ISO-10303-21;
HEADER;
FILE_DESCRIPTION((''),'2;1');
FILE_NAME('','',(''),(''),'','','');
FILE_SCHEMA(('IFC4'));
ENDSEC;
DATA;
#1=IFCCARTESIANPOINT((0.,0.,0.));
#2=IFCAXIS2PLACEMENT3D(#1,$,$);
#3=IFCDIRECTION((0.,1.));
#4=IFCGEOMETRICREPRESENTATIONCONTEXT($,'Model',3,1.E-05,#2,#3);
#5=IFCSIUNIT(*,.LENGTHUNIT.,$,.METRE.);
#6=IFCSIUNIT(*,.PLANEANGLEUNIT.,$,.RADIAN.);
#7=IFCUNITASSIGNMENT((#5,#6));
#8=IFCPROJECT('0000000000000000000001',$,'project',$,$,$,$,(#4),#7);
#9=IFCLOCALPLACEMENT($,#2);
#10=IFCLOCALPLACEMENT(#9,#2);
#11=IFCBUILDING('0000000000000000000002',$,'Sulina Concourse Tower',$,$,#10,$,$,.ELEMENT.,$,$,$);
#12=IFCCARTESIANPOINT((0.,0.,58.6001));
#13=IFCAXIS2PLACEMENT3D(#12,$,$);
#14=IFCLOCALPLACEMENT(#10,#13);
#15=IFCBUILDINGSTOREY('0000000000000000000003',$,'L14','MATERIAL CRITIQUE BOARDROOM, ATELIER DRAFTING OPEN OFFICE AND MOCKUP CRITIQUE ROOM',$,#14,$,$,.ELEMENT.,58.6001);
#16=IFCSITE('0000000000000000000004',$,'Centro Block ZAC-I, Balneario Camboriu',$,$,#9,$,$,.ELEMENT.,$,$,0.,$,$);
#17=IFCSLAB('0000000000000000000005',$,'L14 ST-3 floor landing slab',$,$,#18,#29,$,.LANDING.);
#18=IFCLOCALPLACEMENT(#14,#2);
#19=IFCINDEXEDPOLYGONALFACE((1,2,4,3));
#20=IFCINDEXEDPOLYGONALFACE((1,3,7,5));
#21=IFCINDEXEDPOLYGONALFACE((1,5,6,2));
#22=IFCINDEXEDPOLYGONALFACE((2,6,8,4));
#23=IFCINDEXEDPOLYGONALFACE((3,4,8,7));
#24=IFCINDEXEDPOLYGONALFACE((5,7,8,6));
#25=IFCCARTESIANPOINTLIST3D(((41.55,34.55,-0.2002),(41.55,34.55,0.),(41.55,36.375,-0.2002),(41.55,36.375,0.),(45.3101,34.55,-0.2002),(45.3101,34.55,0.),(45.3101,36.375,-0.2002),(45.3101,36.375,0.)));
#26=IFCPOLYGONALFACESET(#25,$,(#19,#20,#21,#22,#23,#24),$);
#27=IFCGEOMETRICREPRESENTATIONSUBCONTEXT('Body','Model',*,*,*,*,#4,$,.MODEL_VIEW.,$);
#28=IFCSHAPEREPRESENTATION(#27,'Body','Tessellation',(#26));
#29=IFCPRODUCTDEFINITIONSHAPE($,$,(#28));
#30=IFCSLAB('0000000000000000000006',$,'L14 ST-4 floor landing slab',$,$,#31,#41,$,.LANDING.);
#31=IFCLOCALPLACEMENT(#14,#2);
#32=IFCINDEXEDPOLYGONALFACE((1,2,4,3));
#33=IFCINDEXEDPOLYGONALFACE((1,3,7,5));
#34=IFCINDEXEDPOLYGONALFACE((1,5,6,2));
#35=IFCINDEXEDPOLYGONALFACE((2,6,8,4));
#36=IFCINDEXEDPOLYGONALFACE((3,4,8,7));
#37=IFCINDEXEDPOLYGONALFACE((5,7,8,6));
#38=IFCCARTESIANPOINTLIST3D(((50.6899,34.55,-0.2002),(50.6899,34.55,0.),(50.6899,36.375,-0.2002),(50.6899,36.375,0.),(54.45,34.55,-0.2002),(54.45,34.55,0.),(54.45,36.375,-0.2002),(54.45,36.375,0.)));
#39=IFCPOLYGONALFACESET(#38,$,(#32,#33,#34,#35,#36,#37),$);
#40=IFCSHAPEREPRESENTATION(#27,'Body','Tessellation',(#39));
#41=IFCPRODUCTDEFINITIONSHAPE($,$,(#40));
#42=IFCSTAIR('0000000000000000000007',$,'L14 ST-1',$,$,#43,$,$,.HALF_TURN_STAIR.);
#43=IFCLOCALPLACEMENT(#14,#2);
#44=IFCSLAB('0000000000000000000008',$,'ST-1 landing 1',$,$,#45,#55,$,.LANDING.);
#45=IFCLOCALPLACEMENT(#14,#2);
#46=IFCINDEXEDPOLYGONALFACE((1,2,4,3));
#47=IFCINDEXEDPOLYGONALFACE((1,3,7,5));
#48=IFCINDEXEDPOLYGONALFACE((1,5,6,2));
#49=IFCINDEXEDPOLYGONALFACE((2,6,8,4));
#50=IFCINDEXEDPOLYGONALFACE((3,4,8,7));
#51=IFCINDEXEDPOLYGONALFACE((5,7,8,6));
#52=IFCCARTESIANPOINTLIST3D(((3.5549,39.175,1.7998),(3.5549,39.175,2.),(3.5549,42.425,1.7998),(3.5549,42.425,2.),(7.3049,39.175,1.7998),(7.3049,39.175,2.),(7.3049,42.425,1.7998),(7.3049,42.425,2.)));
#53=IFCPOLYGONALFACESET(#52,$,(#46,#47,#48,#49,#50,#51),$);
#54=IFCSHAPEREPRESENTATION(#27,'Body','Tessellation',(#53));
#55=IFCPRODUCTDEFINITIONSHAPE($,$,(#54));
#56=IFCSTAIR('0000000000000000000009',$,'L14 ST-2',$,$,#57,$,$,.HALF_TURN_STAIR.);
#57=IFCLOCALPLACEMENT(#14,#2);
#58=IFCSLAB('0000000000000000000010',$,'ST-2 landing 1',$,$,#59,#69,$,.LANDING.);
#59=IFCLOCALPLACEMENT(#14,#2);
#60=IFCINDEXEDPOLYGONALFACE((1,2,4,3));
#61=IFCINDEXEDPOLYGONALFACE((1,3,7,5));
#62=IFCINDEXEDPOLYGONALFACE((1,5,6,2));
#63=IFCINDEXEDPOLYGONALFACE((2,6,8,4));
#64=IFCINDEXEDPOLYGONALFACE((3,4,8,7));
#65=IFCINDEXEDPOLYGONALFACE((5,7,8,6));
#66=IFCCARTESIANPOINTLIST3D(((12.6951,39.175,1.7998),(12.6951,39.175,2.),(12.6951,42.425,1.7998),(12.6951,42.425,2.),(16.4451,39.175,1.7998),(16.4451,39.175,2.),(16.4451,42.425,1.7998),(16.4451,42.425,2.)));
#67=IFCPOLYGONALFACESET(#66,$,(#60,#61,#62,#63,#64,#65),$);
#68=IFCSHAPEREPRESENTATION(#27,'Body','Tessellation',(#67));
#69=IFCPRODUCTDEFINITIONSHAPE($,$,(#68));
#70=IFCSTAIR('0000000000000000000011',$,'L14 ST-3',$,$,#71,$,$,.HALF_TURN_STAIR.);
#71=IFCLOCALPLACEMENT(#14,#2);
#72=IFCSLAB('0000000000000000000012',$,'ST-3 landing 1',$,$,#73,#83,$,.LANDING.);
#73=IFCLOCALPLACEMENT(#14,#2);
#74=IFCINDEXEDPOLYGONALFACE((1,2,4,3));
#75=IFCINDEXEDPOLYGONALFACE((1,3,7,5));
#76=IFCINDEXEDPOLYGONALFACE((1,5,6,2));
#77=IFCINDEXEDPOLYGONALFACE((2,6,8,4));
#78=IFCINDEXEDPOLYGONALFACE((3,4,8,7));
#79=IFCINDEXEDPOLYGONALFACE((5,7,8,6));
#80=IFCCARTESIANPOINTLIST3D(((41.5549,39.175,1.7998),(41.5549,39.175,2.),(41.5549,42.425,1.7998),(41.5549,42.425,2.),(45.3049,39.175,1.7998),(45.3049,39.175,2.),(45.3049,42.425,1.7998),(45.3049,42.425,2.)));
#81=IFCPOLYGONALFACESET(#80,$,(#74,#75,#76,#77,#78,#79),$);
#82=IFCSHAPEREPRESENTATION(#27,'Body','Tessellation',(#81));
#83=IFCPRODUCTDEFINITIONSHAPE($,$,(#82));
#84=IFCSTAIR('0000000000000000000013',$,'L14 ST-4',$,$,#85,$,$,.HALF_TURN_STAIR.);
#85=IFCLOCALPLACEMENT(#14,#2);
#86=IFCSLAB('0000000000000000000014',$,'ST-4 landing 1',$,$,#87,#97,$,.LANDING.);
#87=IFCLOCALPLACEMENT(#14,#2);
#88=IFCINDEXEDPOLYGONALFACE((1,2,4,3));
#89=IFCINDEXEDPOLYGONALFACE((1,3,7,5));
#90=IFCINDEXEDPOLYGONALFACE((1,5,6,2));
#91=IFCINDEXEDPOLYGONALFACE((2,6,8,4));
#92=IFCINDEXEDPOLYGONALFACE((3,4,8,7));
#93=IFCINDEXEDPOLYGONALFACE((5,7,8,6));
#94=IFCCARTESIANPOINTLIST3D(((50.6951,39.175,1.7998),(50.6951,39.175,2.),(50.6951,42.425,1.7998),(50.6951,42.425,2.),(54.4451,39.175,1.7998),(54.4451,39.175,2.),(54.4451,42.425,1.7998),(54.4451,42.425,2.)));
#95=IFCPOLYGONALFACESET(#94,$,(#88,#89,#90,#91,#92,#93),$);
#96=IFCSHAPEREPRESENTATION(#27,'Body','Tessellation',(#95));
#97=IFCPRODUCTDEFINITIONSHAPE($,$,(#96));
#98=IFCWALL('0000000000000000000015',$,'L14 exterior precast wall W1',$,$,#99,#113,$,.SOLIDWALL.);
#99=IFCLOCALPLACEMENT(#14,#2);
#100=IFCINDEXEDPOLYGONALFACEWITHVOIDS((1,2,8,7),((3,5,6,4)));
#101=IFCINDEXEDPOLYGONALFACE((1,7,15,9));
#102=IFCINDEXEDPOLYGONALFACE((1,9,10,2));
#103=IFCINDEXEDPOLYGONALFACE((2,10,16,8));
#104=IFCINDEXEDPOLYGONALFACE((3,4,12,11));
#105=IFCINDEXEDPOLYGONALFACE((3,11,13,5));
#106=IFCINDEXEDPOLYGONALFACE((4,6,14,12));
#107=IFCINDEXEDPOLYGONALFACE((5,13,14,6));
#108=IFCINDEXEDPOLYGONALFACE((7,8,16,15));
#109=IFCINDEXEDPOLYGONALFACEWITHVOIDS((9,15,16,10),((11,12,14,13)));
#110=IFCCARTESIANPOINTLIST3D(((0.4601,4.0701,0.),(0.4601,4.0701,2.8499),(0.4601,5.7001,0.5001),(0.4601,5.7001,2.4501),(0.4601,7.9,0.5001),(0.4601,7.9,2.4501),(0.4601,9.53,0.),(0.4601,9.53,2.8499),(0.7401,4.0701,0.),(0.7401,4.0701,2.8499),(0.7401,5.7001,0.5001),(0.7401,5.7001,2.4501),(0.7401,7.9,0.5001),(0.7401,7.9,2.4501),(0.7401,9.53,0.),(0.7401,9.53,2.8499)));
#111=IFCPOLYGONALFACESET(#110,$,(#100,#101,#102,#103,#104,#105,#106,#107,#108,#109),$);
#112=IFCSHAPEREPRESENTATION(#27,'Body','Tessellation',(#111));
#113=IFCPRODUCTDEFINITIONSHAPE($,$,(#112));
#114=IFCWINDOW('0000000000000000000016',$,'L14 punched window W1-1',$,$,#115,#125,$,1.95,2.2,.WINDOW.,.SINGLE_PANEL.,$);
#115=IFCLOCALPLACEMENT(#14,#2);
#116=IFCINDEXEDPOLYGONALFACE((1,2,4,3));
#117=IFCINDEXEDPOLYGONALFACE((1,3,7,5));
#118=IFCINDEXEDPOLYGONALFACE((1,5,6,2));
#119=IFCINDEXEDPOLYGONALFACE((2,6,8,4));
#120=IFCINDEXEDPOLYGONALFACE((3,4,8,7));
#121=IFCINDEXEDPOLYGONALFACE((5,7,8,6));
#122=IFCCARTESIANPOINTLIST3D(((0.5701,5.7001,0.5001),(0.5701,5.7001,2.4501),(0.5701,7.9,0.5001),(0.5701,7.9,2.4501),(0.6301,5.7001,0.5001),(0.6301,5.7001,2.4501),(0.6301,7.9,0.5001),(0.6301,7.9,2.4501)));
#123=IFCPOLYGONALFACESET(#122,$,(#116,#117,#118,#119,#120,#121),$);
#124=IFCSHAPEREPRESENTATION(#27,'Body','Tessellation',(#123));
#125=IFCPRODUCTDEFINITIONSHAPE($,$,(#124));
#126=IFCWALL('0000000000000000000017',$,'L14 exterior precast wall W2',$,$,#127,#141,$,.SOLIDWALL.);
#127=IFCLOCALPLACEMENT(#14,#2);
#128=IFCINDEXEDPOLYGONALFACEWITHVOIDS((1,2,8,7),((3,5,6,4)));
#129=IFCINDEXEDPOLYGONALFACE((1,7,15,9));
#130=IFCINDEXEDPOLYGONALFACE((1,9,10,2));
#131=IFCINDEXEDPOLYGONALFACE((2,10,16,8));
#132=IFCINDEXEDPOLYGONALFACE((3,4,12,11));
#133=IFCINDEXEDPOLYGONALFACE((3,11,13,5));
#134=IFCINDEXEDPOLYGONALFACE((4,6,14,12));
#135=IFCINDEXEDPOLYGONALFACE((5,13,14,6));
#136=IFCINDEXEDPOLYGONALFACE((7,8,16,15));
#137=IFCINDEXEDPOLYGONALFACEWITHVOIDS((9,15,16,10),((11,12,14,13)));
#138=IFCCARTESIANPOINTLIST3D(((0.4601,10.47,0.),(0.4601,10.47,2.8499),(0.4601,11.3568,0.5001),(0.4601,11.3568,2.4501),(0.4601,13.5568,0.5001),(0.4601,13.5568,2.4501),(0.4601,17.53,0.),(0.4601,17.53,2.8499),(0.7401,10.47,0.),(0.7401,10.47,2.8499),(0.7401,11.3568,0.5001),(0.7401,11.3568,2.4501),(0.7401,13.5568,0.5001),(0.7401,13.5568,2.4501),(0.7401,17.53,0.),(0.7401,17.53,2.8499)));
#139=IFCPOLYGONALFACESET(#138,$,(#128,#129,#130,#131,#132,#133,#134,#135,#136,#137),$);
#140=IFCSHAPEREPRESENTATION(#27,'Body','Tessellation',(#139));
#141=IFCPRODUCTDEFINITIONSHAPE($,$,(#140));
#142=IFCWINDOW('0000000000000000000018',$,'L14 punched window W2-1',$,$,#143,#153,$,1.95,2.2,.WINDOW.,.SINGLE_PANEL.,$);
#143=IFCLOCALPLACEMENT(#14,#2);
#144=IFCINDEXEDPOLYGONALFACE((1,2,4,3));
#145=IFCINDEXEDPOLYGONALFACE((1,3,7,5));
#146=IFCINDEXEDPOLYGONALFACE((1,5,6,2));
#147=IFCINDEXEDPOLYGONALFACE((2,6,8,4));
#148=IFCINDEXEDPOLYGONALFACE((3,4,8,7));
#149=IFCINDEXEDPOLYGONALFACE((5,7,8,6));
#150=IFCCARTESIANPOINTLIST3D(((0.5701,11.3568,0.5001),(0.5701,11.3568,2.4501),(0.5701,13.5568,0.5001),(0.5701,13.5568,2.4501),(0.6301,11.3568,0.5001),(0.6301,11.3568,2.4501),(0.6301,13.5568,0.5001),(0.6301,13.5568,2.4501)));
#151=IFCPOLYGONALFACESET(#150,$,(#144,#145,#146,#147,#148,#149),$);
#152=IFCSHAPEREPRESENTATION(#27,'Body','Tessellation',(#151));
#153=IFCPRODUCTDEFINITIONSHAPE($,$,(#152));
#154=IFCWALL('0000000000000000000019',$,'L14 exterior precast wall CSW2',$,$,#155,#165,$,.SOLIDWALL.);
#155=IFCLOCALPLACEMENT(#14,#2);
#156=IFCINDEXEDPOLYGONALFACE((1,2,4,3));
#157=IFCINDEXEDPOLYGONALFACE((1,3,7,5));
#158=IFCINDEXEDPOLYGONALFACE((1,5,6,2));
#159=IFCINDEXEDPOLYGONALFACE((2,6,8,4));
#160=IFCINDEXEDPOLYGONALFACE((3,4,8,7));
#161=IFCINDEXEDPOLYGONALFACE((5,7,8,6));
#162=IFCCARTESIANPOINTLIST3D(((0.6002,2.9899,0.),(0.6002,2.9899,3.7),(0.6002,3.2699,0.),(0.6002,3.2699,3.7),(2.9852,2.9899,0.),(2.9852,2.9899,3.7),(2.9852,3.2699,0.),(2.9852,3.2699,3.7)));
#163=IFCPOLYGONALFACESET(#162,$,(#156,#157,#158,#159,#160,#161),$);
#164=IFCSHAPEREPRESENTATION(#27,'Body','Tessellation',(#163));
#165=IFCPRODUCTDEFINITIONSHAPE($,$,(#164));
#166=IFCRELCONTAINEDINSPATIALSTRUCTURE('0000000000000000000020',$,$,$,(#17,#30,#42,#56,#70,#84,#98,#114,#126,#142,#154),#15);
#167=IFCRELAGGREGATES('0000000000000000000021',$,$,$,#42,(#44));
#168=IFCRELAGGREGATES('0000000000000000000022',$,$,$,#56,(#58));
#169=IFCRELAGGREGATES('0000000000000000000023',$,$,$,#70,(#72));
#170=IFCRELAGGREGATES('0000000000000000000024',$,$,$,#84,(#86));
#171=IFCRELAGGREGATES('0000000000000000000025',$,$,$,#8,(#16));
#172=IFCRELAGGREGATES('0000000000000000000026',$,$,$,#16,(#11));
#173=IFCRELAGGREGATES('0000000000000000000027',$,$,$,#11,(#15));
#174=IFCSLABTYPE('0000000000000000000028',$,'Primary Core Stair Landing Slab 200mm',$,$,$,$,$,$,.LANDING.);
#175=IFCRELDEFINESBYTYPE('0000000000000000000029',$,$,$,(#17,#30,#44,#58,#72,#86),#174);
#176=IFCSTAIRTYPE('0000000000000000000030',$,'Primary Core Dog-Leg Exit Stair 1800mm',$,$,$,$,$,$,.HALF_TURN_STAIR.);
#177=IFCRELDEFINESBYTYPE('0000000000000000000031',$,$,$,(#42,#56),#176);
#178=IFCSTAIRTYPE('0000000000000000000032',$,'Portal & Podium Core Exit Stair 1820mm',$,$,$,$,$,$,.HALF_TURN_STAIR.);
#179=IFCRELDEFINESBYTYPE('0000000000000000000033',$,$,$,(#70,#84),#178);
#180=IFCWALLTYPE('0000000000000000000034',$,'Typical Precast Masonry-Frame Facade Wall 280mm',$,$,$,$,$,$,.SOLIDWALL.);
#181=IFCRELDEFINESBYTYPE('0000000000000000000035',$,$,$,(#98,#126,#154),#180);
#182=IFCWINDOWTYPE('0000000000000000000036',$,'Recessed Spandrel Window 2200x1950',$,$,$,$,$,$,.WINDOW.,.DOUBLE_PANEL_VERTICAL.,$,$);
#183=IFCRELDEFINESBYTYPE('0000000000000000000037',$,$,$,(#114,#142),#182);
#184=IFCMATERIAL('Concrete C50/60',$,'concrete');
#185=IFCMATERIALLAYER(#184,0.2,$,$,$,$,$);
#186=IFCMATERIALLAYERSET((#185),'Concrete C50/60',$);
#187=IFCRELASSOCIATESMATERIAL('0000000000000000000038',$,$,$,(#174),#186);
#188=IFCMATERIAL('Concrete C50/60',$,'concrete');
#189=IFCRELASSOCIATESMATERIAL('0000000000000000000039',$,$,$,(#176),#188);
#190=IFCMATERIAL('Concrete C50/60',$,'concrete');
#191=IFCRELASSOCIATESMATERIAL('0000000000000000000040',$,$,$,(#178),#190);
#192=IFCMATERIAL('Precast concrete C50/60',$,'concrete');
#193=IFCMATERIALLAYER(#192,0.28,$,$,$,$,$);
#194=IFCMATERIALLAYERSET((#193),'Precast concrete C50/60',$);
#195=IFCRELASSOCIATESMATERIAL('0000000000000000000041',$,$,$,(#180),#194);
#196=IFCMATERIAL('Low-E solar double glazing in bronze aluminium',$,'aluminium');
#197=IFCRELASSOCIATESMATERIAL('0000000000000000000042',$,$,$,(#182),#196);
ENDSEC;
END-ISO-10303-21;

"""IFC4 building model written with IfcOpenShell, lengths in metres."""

from ifc_helpers import new_model, si_unit, direction, frame, frame_2d, origin, place, context, subcontext, project, spatial, polyline, rectangle, outline, extrude, material, layer, layer_set, type_object, element, fill, aggregate, save


model = new_model("IFC4")

# Units and contexts
model_context = context("Model", 3, precision=1e-05, world=origin(), true_north=direction((0.0, 1.0)))
body_context = subcontext(model_context, "Body", "Model", "MODEL_VIEW")
ifc_project = project(units=[si_unit("LENGTHUNIT", "METRE"), si_unit("PLANEANGLEUNIT", "RADIAN")], contexts=[model_context])

# Site, building, storey
site_placement = place(None, origin())
site = spatial("IfcSite", under=ifc_project, at=site_placement, Name="Centro Block ZAC-I, Balneario Camboriu", CompositionType="ELEMENT", RefElevation=0.0)
building_placement = place(site_placement, origin())
building = spatial("IfcBuilding", under=site, at=building_placement, Name="Sulina Concourse Tower", CompositionType="ELEMENT")
storey_placement = place(building_placement, frame((0.0, 0.0, 58.6001)))
storey = spatial("IfcBuildingStorey", under=building, at=storey_placement, Name="L14", Description="MATERIAL CRITIQUE BOARDROOM, ATELIER DRAFTING OPEN OFFICE AND MOCKUP CRITIQUE ROOM", CompositionType="ELEMENT", Elevation=58.6001)

# Slabs
ifc_material_1 = material(Name="Concrete C50/60", Category="concrete")
ifc_layer_1 = layer(ifc_material_1, 0.2)
ifc_layer_set_1 = layer_set([ifc_layer_1], Name="Concrete C50/60")
slab_type_1 = type_object("IfcSlabType", Name="Primary Core Stair Landing Slab 200mm", PredefinedType="LANDING", material=ifc_layer_set_1)
slab_1_placement = place(storey_placement, frame((0.0, 0.0, -0.2002)))
element("IfcSlab", 1, at=slab_1_placement, inside=storey, type_object=slab_type_1, Name="L14 ST-3 floor landing slab", PredefinedType="LANDING", context=body_context, shape_type="SweptSolid", body=[
    extrude(outline(polyline([(45.3101, 34.55), (45.3101, 36.375), (41.55, 36.375), (41.55, 34.55), (45.3101, 34.55)])), origin(), (0.0, 0.0, 1.0), 0.2002),
])
slab_2_placement = place(storey_placement, frame((0.0, 0.0, -0.2002)))
element("IfcSlab", 2, at=slab_2_placement, inside=storey, type_object=slab_type_1, Name="L14 ST-4 floor landing slab", PredefinedType="LANDING", context=body_context, shape_type="SweptSolid", body=[
    extrude(outline(polyline([(54.45, 34.55), (54.45, 36.375), (50.6899, 36.375), (50.6899, 34.55), (54.45, 34.55)])), origin(), (0.0, 0.0, 1.0), 0.2002),
])

# Stairs, slabs
ifc_material_2 = material(Name="Concrete C50/60", Category="concrete")
stair_type_1 = type_object("IfcStairType", Name="Primary Core Dog-Leg Exit Stair 1800mm", PredefinedType="HALF_TURN_STAIR", material=ifc_material_2)
stair_1_placement = place(storey_placement, origin())
stair_1 = element("IfcStair", 3, at=stair_1_placement, inside=storey, type_object=stair_type_1, Name="L14 ST-1", PredefinedType="HALF_TURN_STAIR")
slab_3_placement = place(storey_placement, frame((0.0, 0.0, 1.7998)))
slab_3 = element("IfcSlab", 4, at=slab_3_placement, type_object=slab_type_1, Name="ST-1 landing 1", PredefinedType="LANDING", context=body_context, shape_type="SweptSolid", body=[
    extrude(outline(polyline([(7.3049, 39.175), (7.3049, 42.425), (3.5549, 42.425), (3.5549, 39.175), (7.3049, 39.175)])), origin(), (0.0, 0.0, 1.0), 0.2002),
])
aggregate(stair_1, [slab_3])
stair_2_placement = place(storey_placement, origin())
stair_2 = element("IfcStair", 5, at=stair_2_placement, inside=storey, type_object=stair_type_1, Name="L14 ST-2", PredefinedType="HALF_TURN_STAIR")
slab_4_placement = place(storey_placement, frame((0.0, 0.0, 1.7998)))
slab_4 = element("IfcSlab", 6, at=slab_4_placement, type_object=slab_type_1, Name="ST-2 landing 1", PredefinedType="LANDING", context=body_context, shape_type="SweptSolid", body=[
    extrude(outline(polyline([(16.4451, 39.175), (16.4451, 42.425), (12.6951, 42.425), (12.6951, 39.175), (16.4451, 39.175)])), origin(), (0.0, 0.0, 1.0), 0.2002),
])
aggregate(stair_2, [slab_4])
ifc_material_3 = material(Name="Concrete C50/60", Category="concrete")
stair_type_2 = type_object("IfcStairType", Name="Portal & Podium Core Exit Stair 1820mm", PredefinedType="HALF_TURN_STAIR", material=ifc_material_3)
stair_3_placement = place(storey_placement, origin())
stair_3 = element("IfcStair", 7, at=stair_3_placement, inside=storey, type_object=stair_type_2, Name="L14 ST-3", PredefinedType="HALF_TURN_STAIR")
slab_5_placement = place(storey_placement, frame((0.0, 0.0, 1.7998)))
slab_5 = element("IfcSlab", 8, at=slab_5_placement, type_object=slab_type_1, Name="ST-3 landing 1", PredefinedType="LANDING", context=body_context, shape_type="SweptSolid", body=[
    extrude(outline(polyline([(45.3049, 39.175), (45.3049, 42.425), (41.5549, 42.425), (41.5549, 39.175), (45.3049, 39.175)])), origin(), (0.0, 0.0, 1.0), 0.2002),
])
aggregate(stair_3, [slab_5])
stair_4_placement = place(storey_placement, origin())
stair_4 = element("IfcStair", 9, at=stair_4_placement, inside=storey, type_object=stair_type_2, Name="L14 ST-4", PredefinedType="HALF_TURN_STAIR")
slab_6_placement = place(storey_placement, frame((0.0, 0.0, 1.7998)))
slab_6 = element("IfcSlab", 10, at=slab_6_placement, type_object=slab_type_1, Name="ST-4 landing 1", PredefinedType="LANDING", context=body_context, shape_type="SweptSolid", body=[
    extrude(outline(polyline([(54.4451, 39.175), (54.4451, 42.425), (50.6951, 42.425), (50.6951, 39.175), (54.4451, 39.175)])), origin(), (0.0, 0.0, 1.0), 0.2002),
])
aggregate(stair_4, [slab_6])

# Walls, openings, windows
ifc_material_4 = material(Name="Precast concrete C50/60", Category="concrete")
ifc_layer_2 = layer(ifc_material_4, 0.28)
ifc_layer_set_2 = layer_set([ifc_layer_2], Name="Precast concrete C50/60")
wall_type = type_object("IfcWallType", Name="Typical Precast Masonry-Frame Facade Wall 280mm", PredefinedType="SOLIDWALL", material=ifc_layer_set_2)
wall_1_placement = place(storey_placement, frame((0.6001, 4.0701, 0.0), z_axis=(0.0, 0.0, 1.0), x_axis=(0.0, 1.0, 0.0)))
wall_1 = element("IfcWall", 11, at=wall_1_placement, inside=storey, type_object=wall_type, Name="L14 exterior precast wall W1", PredefinedType="SOLIDWALL", context=body_context, shape_type="SweptSolid", body=[
    extrude(rectangle(XDim=5.46, YDim=0.28, at=frame_2d((2.73, 0.0))), origin(), (0.0, 0.0, 1.0), 2.8499),
])
opening_1_placement = place(wall_1_placement, frame((1.6299, 0.0, 0.5)))
opening_1 = element("IfcOpeningElement", 12, at=opening_1_placement, cuts=wall_1, PredefinedType="OPENING", context=body_context, shape_type="SweptSolid", body=[
    extrude(rectangle(XDim=2.2, YDim=1.95, at=frame_2d((1.1001, 0.9751))), frame((0.0, 0.1499, 0.0), z_axis=(0.0, -1.0, 0.0), x_axis=(1.0, 0.0, 0.0)), (0.0, 0.0, 1.0), 0.3),
])
ifc_material_5 = material(Name="Low-E solar double glazing in bronze aluminium", Category="aluminium")
window_type = type_object("IfcWindowType", Name="Recessed Spandrel Window 2200x1950", PartitioningType="DOUBLE_PANEL_VERTICAL", PredefinedType="WINDOW", material=ifc_material_5)
window_1_placement = place(opening_1_placement, origin())
window_1 = element("IfcWindow", 13, at=window_1_placement, inside=storey, type_object=window_type, Name="L14 punched window W1-1", OverallHeight=1.95, OverallWidth=2.2, PartitioningType="SINGLE_PANEL", PredefinedType="WINDOW", context=body_context, shape_type="SweptSolid", body=[
    extrude(rectangle(XDim=2.2, YDim=1.95, at=frame_2d((1.1001, 0.9751))), frame((0.0, 0.03, 0.0), z_axis=(0.0, -1.0, 0.0), x_axis=(1.0, 0.0, 0.0)), (0.0, 0.0, 1.0), 0.0601),
])
fill(opening_1, window_1)
wall_2_placement = place(storey_placement, frame((0.6001, 10.47, 0.0), z_axis=(0.0, 0.0, 1.0), x_axis=(0.0, 1.0, 0.0)))
wall_2 = element("IfcWall", 14, at=wall_2_placement, inside=storey, type_object=wall_type, Name="L14 exterior precast wall W2", PredefinedType="SOLIDWALL", context=body_context, shape_type="SweptSolid", body=[
    extrude(rectangle(XDim=7.0601, YDim=0.28, at=frame_2d((3.53, 0.0))), origin(), (0.0, 0.0, 1.0), 2.8499),
])
opening_2_placement = place(wall_2_placement, frame((0.8867, 0.0, 0.5)))
opening_2 = element("IfcOpeningElement", 15, at=opening_2_placement, cuts=wall_2, PredefinedType="OPENING", context=body_context, shape_type="SweptSolid", body=[
    extrude(rectangle(XDim=2.2, YDim=1.95, at=frame_2d((1.1001, 0.9751))), frame((0.0, 0.1499, 0.0), z_axis=(0.0, -1.0, 0.0), x_axis=(1.0, 0.0, 0.0)), (0.0, 0.0, 1.0), 0.3),
])
window_2_placement = place(opening_2_placement, origin())
window_2 = element("IfcWindow", 16, at=window_2_placement, inside=storey, type_object=window_type, Name="L14 punched window W2-1", OverallHeight=1.95, OverallWidth=2.2, PartitioningType="SINGLE_PANEL", PredefinedType="WINDOW", context=body_context, shape_type="SweptSolid", body=[
    extrude(rectangle(XDim=2.2, YDim=1.95, at=frame_2d((1.1001, 0.9751))), frame((0.0, 0.03, 0.0), z_axis=(0.0, -1.0, 0.0), x_axis=(1.0, 0.0, 0.0)), (0.0, 0.0, 1.0), 0.0601),
])
fill(opening_2, window_2)

# Wall
wall_3_placement = place(storey_placement, frame((2.9851, 3.1299, 0.0), z_axis=(0.0, 0.0, 1.0), x_axis=(-1.0, 0.0, 0.0)))
element("IfcWall", 17, at=wall_3_placement, inside=storey, type_object=wall_type, Name="L14 exterior precast wall CSW2", PredefinedType="SOLIDWALL", context=body_context, shape_type="SweptSolid", body=[
    extrude(rectangle(XDim=2.385, YDim=0.28, at=frame_2d((1.1924, 0.0))), origin(), (0.0, 0.0, 1.0), 3.7),
])

save(model, "model.ifc")
